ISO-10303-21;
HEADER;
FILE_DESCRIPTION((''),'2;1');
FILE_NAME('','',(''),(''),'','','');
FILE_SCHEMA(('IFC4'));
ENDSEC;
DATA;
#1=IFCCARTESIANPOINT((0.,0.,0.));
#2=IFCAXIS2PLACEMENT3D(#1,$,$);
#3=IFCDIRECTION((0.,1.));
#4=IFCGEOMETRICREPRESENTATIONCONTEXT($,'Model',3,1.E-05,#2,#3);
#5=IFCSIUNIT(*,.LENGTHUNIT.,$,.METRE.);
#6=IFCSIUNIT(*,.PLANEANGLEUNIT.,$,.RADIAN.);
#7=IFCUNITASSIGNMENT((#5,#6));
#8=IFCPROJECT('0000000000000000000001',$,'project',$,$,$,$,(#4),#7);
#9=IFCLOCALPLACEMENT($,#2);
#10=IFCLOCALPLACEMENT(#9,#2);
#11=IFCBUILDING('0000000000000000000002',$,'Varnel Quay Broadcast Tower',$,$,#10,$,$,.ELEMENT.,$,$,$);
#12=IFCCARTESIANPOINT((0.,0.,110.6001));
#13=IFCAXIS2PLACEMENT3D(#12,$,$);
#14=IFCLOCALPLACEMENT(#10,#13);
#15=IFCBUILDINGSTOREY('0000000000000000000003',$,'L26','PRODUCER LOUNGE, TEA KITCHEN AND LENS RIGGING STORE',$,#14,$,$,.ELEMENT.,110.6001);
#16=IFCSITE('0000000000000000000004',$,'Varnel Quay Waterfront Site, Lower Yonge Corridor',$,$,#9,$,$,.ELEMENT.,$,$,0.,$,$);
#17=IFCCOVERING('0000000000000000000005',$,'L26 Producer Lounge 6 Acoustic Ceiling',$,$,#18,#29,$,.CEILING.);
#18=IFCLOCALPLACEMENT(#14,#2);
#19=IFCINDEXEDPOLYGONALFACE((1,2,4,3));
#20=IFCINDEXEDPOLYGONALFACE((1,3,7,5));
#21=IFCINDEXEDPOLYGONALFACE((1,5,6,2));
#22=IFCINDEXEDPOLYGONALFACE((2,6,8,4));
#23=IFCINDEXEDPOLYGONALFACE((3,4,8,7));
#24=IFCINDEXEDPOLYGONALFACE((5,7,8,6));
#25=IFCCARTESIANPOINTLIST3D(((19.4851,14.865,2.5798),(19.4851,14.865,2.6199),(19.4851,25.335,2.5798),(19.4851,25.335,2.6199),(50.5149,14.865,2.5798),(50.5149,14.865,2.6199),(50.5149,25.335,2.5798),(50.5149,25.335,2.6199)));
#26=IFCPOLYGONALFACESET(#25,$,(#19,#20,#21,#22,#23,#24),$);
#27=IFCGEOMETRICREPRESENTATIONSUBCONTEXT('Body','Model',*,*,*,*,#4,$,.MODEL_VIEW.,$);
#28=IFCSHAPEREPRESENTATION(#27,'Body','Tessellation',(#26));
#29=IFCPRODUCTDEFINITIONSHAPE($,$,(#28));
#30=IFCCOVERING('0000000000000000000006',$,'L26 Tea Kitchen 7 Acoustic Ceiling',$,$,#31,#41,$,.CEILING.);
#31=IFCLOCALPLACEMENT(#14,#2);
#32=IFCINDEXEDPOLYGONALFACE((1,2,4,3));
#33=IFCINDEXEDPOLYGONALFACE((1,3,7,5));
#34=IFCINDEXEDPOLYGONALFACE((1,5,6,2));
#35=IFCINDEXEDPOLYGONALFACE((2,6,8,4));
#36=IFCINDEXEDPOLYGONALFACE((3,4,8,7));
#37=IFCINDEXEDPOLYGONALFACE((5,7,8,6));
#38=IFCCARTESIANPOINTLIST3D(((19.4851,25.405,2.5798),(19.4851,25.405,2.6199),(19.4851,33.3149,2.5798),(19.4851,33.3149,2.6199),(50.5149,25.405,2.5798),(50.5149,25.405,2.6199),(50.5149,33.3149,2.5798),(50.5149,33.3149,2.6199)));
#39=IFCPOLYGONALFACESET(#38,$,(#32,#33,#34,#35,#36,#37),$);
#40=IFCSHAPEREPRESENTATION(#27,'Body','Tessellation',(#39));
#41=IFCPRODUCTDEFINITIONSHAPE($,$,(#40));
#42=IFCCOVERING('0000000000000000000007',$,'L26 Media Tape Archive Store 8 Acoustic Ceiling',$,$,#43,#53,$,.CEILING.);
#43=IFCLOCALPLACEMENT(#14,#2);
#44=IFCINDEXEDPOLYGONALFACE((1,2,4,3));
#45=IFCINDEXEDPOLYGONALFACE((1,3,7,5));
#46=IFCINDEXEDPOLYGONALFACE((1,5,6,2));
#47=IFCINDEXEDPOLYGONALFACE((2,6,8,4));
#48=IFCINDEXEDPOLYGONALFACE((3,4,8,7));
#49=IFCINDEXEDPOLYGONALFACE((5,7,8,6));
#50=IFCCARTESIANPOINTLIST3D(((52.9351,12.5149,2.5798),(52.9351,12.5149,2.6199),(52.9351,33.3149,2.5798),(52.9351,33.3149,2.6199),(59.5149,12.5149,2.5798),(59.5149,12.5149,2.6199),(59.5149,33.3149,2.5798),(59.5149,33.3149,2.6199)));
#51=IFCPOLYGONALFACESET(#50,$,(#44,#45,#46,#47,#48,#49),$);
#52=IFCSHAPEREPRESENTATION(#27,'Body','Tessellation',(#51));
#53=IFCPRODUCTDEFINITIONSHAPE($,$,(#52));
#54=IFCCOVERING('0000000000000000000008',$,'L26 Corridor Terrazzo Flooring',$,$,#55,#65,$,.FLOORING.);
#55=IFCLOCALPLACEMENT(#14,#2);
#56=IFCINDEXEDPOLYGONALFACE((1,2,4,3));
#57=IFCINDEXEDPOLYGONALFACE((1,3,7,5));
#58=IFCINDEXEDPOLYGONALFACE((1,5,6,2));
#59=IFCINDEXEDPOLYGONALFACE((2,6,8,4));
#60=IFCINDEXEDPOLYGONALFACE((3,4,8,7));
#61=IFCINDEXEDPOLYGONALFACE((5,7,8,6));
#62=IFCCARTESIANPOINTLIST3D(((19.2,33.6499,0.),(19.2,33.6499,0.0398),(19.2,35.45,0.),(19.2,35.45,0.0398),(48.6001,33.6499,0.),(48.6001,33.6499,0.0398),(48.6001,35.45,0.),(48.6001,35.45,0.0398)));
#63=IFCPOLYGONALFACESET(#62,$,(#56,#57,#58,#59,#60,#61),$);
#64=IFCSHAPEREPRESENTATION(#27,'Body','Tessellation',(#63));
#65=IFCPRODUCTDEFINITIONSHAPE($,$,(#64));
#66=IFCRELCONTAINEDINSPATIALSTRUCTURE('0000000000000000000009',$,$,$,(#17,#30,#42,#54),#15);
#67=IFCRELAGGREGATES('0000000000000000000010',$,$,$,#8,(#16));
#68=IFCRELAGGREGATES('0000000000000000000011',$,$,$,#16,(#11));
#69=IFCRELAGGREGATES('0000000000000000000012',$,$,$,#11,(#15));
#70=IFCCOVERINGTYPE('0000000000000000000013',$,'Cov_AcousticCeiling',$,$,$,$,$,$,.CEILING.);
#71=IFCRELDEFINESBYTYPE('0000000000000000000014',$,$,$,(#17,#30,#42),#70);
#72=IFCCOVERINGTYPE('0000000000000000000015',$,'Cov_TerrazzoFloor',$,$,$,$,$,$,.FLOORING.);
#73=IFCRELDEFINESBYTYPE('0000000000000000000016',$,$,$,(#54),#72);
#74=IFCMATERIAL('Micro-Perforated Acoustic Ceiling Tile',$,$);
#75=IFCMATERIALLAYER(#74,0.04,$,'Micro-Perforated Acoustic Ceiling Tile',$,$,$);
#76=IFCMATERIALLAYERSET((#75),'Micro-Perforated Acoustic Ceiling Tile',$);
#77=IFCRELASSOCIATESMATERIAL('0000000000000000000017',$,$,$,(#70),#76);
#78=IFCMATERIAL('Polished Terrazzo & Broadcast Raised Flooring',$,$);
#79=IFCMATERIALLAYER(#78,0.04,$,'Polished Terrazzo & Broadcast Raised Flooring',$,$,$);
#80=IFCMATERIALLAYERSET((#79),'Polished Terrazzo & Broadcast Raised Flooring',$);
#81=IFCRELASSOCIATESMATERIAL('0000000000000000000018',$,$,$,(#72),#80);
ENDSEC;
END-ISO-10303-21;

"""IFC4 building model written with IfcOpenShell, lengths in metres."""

from ifc_helpers import new_model, si_unit, direction, frame, origin, place, context, subcontext, project, spatial, polyline, outline, extrude, material, layer, layer_set, type_object, element, save


model = new_model("IFC4")

# Units and contexts
model_context = context("Model", 3, precision=1e-05, world=origin(), true_north=direction((0.0, 1.0)))
body_context = subcontext(model_context, "Body", "Model", "MODEL_VIEW")
ifc_project = project(units=[si_unit("LENGTHUNIT", "METRE"), si_unit("PLANEANGLEUNIT", "RADIAN")], contexts=[model_context])

# Site, building, storey
site_placement = place(None, origin())
site = spatial("IfcSite", under=ifc_project, at=site_placement, Name="Varnel Quay Waterfront Site, Lower Yonge Corridor", CompositionType="ELEMENT", RefElevation=0.0)
building_placement = place(site_placement, origin())
building = spatial("IfcBuilding", under=site, at=building_placement, Name="Varnel Quay Broadcast Tower", CompositionType="ELEMENT")
storey_placement = place(building_placement, frame((0.0, 0.0, 110.6001)))
storey = spatial("IfcBuildingStorey", under=building, at=storey_placement, Name="L26", Description="PRODUCER LOUNGE, TEA KITCHEN AND LENS RIGGING STORE", CompositionType="ELEMENT", Elevation=110.6001)

# Coverings
ifc_material_1 = material(Name="Micro-Perforated Acoustic Ceiling Tile")
ifc_layer_1 = layer(ifc_material_1, 0.04, Name="Micro-Perforated Acoustic Ceiling Tile")
ifc_layer_set_1 = layer_set([ifc_layer_1], Name="Micro-Perforated Acoustic Ceiling Tile")
covering_type_1 = type_object("IfcCoveringType", Name="Cov_AcousticCeiling", PredefinedType="CEILING", material=ifc_layer_set_1)
covering_1_placement = place(storey_placement, frame((0.0, 0.0, 2.5798)))
element("IfcCovering", 1, at=covering_1_placement, inside=storey, type_object=covering_type_1, Name="L26 Producer Lounge 6 Acoustic Ceiling", PredefinedType="CEILING", context=body_context, shape_type="SweptSolid", body=[
    extrude(outline(polyline([(19.4851, 14.865), (50.5149, 14.865), (50.5149, 25.335), (19.4851, 25.335), (19.4851, 14.865)])), origin(), (0.0, 0.0, 1.0), 0.04),
])
covering_2_placement = place(storey_placement, frame((0.0, 0.0, 2.5798)))
element("IfcCovering", 2, at=covering_2_placement, inside=storey, type_object=covering_type_1, Name="L26 Tea Kitchen 7 Acoustic Ceiling", PredefinedType="CEILING", context=body_context, shape_type="SweptSolid", body=[
    extrude(outline(polyline([(19.4851, 25.405), (50.5149, 25.405), (50.5149, 33.3149), (19.4851, 33.3149), (19.4851, 25.405)])), origin(), (0.0, 0.0, 1.0), 0.04),
])
covering_3_placement = place(storey_placement, frame((0.0, 0.0, 2.5798)))
element("IfcCovering", 3, at=covering_3_placement, inside=storey, type_object=covering_type_1, Name="L26 Media Tape Archive Store 8 Acoustic Ceiling", PredefinedType="CEILING", context=body_context, shape_type="SweptSolid", body=[
    extrude(outline(polyline([(52.9351, 12.5149), (59.5149, 12.5149), (59.5149, 33.3149), (52.9351, 33.3149), (52.9351, 12.5149)])), origin(), (0.0, 0.0, 1.0), 0.04),
])
ifc_material_2 = material(Name="Polished Terrazzo & Broadcast Raised Flooring")
ifc_layer_2 = layer(ifc_material_2, 0.04, Name="Polished Terrazzo & Broadcast Raised Flooring")
ifc_layer_set_2 = layer_set([ifc_layer_2], Name="Polished Terrazzo & Broadcast Raised Flooring")
covering_type_2 = type_object("IfcCoveringType", Name="Cov_TerrazzoFloor", PredefinedType="FLOORING", material=ifc_layer_set_2)
covering_4_placement = place(storey_placement, origin())
element("IfcCovering", 4, at=covering_4_placement, inside=storey, type_object=covering_type_2, Name="L26 Corridor Terrazzo Flooring", PredefinedType="FLOORING", context=body_context, shape_type="SweptSolid", body=[
    extrude(outline(polyline([(19.2, 33.6499), (48.6001, 33.6499), (48.6001, 35.45), (19.2, 35.45), (19.2, 33.6499)])), origin(), (0.0, 0.0, 1.0), 0.0398),
])

save(model, "model.ifc")
